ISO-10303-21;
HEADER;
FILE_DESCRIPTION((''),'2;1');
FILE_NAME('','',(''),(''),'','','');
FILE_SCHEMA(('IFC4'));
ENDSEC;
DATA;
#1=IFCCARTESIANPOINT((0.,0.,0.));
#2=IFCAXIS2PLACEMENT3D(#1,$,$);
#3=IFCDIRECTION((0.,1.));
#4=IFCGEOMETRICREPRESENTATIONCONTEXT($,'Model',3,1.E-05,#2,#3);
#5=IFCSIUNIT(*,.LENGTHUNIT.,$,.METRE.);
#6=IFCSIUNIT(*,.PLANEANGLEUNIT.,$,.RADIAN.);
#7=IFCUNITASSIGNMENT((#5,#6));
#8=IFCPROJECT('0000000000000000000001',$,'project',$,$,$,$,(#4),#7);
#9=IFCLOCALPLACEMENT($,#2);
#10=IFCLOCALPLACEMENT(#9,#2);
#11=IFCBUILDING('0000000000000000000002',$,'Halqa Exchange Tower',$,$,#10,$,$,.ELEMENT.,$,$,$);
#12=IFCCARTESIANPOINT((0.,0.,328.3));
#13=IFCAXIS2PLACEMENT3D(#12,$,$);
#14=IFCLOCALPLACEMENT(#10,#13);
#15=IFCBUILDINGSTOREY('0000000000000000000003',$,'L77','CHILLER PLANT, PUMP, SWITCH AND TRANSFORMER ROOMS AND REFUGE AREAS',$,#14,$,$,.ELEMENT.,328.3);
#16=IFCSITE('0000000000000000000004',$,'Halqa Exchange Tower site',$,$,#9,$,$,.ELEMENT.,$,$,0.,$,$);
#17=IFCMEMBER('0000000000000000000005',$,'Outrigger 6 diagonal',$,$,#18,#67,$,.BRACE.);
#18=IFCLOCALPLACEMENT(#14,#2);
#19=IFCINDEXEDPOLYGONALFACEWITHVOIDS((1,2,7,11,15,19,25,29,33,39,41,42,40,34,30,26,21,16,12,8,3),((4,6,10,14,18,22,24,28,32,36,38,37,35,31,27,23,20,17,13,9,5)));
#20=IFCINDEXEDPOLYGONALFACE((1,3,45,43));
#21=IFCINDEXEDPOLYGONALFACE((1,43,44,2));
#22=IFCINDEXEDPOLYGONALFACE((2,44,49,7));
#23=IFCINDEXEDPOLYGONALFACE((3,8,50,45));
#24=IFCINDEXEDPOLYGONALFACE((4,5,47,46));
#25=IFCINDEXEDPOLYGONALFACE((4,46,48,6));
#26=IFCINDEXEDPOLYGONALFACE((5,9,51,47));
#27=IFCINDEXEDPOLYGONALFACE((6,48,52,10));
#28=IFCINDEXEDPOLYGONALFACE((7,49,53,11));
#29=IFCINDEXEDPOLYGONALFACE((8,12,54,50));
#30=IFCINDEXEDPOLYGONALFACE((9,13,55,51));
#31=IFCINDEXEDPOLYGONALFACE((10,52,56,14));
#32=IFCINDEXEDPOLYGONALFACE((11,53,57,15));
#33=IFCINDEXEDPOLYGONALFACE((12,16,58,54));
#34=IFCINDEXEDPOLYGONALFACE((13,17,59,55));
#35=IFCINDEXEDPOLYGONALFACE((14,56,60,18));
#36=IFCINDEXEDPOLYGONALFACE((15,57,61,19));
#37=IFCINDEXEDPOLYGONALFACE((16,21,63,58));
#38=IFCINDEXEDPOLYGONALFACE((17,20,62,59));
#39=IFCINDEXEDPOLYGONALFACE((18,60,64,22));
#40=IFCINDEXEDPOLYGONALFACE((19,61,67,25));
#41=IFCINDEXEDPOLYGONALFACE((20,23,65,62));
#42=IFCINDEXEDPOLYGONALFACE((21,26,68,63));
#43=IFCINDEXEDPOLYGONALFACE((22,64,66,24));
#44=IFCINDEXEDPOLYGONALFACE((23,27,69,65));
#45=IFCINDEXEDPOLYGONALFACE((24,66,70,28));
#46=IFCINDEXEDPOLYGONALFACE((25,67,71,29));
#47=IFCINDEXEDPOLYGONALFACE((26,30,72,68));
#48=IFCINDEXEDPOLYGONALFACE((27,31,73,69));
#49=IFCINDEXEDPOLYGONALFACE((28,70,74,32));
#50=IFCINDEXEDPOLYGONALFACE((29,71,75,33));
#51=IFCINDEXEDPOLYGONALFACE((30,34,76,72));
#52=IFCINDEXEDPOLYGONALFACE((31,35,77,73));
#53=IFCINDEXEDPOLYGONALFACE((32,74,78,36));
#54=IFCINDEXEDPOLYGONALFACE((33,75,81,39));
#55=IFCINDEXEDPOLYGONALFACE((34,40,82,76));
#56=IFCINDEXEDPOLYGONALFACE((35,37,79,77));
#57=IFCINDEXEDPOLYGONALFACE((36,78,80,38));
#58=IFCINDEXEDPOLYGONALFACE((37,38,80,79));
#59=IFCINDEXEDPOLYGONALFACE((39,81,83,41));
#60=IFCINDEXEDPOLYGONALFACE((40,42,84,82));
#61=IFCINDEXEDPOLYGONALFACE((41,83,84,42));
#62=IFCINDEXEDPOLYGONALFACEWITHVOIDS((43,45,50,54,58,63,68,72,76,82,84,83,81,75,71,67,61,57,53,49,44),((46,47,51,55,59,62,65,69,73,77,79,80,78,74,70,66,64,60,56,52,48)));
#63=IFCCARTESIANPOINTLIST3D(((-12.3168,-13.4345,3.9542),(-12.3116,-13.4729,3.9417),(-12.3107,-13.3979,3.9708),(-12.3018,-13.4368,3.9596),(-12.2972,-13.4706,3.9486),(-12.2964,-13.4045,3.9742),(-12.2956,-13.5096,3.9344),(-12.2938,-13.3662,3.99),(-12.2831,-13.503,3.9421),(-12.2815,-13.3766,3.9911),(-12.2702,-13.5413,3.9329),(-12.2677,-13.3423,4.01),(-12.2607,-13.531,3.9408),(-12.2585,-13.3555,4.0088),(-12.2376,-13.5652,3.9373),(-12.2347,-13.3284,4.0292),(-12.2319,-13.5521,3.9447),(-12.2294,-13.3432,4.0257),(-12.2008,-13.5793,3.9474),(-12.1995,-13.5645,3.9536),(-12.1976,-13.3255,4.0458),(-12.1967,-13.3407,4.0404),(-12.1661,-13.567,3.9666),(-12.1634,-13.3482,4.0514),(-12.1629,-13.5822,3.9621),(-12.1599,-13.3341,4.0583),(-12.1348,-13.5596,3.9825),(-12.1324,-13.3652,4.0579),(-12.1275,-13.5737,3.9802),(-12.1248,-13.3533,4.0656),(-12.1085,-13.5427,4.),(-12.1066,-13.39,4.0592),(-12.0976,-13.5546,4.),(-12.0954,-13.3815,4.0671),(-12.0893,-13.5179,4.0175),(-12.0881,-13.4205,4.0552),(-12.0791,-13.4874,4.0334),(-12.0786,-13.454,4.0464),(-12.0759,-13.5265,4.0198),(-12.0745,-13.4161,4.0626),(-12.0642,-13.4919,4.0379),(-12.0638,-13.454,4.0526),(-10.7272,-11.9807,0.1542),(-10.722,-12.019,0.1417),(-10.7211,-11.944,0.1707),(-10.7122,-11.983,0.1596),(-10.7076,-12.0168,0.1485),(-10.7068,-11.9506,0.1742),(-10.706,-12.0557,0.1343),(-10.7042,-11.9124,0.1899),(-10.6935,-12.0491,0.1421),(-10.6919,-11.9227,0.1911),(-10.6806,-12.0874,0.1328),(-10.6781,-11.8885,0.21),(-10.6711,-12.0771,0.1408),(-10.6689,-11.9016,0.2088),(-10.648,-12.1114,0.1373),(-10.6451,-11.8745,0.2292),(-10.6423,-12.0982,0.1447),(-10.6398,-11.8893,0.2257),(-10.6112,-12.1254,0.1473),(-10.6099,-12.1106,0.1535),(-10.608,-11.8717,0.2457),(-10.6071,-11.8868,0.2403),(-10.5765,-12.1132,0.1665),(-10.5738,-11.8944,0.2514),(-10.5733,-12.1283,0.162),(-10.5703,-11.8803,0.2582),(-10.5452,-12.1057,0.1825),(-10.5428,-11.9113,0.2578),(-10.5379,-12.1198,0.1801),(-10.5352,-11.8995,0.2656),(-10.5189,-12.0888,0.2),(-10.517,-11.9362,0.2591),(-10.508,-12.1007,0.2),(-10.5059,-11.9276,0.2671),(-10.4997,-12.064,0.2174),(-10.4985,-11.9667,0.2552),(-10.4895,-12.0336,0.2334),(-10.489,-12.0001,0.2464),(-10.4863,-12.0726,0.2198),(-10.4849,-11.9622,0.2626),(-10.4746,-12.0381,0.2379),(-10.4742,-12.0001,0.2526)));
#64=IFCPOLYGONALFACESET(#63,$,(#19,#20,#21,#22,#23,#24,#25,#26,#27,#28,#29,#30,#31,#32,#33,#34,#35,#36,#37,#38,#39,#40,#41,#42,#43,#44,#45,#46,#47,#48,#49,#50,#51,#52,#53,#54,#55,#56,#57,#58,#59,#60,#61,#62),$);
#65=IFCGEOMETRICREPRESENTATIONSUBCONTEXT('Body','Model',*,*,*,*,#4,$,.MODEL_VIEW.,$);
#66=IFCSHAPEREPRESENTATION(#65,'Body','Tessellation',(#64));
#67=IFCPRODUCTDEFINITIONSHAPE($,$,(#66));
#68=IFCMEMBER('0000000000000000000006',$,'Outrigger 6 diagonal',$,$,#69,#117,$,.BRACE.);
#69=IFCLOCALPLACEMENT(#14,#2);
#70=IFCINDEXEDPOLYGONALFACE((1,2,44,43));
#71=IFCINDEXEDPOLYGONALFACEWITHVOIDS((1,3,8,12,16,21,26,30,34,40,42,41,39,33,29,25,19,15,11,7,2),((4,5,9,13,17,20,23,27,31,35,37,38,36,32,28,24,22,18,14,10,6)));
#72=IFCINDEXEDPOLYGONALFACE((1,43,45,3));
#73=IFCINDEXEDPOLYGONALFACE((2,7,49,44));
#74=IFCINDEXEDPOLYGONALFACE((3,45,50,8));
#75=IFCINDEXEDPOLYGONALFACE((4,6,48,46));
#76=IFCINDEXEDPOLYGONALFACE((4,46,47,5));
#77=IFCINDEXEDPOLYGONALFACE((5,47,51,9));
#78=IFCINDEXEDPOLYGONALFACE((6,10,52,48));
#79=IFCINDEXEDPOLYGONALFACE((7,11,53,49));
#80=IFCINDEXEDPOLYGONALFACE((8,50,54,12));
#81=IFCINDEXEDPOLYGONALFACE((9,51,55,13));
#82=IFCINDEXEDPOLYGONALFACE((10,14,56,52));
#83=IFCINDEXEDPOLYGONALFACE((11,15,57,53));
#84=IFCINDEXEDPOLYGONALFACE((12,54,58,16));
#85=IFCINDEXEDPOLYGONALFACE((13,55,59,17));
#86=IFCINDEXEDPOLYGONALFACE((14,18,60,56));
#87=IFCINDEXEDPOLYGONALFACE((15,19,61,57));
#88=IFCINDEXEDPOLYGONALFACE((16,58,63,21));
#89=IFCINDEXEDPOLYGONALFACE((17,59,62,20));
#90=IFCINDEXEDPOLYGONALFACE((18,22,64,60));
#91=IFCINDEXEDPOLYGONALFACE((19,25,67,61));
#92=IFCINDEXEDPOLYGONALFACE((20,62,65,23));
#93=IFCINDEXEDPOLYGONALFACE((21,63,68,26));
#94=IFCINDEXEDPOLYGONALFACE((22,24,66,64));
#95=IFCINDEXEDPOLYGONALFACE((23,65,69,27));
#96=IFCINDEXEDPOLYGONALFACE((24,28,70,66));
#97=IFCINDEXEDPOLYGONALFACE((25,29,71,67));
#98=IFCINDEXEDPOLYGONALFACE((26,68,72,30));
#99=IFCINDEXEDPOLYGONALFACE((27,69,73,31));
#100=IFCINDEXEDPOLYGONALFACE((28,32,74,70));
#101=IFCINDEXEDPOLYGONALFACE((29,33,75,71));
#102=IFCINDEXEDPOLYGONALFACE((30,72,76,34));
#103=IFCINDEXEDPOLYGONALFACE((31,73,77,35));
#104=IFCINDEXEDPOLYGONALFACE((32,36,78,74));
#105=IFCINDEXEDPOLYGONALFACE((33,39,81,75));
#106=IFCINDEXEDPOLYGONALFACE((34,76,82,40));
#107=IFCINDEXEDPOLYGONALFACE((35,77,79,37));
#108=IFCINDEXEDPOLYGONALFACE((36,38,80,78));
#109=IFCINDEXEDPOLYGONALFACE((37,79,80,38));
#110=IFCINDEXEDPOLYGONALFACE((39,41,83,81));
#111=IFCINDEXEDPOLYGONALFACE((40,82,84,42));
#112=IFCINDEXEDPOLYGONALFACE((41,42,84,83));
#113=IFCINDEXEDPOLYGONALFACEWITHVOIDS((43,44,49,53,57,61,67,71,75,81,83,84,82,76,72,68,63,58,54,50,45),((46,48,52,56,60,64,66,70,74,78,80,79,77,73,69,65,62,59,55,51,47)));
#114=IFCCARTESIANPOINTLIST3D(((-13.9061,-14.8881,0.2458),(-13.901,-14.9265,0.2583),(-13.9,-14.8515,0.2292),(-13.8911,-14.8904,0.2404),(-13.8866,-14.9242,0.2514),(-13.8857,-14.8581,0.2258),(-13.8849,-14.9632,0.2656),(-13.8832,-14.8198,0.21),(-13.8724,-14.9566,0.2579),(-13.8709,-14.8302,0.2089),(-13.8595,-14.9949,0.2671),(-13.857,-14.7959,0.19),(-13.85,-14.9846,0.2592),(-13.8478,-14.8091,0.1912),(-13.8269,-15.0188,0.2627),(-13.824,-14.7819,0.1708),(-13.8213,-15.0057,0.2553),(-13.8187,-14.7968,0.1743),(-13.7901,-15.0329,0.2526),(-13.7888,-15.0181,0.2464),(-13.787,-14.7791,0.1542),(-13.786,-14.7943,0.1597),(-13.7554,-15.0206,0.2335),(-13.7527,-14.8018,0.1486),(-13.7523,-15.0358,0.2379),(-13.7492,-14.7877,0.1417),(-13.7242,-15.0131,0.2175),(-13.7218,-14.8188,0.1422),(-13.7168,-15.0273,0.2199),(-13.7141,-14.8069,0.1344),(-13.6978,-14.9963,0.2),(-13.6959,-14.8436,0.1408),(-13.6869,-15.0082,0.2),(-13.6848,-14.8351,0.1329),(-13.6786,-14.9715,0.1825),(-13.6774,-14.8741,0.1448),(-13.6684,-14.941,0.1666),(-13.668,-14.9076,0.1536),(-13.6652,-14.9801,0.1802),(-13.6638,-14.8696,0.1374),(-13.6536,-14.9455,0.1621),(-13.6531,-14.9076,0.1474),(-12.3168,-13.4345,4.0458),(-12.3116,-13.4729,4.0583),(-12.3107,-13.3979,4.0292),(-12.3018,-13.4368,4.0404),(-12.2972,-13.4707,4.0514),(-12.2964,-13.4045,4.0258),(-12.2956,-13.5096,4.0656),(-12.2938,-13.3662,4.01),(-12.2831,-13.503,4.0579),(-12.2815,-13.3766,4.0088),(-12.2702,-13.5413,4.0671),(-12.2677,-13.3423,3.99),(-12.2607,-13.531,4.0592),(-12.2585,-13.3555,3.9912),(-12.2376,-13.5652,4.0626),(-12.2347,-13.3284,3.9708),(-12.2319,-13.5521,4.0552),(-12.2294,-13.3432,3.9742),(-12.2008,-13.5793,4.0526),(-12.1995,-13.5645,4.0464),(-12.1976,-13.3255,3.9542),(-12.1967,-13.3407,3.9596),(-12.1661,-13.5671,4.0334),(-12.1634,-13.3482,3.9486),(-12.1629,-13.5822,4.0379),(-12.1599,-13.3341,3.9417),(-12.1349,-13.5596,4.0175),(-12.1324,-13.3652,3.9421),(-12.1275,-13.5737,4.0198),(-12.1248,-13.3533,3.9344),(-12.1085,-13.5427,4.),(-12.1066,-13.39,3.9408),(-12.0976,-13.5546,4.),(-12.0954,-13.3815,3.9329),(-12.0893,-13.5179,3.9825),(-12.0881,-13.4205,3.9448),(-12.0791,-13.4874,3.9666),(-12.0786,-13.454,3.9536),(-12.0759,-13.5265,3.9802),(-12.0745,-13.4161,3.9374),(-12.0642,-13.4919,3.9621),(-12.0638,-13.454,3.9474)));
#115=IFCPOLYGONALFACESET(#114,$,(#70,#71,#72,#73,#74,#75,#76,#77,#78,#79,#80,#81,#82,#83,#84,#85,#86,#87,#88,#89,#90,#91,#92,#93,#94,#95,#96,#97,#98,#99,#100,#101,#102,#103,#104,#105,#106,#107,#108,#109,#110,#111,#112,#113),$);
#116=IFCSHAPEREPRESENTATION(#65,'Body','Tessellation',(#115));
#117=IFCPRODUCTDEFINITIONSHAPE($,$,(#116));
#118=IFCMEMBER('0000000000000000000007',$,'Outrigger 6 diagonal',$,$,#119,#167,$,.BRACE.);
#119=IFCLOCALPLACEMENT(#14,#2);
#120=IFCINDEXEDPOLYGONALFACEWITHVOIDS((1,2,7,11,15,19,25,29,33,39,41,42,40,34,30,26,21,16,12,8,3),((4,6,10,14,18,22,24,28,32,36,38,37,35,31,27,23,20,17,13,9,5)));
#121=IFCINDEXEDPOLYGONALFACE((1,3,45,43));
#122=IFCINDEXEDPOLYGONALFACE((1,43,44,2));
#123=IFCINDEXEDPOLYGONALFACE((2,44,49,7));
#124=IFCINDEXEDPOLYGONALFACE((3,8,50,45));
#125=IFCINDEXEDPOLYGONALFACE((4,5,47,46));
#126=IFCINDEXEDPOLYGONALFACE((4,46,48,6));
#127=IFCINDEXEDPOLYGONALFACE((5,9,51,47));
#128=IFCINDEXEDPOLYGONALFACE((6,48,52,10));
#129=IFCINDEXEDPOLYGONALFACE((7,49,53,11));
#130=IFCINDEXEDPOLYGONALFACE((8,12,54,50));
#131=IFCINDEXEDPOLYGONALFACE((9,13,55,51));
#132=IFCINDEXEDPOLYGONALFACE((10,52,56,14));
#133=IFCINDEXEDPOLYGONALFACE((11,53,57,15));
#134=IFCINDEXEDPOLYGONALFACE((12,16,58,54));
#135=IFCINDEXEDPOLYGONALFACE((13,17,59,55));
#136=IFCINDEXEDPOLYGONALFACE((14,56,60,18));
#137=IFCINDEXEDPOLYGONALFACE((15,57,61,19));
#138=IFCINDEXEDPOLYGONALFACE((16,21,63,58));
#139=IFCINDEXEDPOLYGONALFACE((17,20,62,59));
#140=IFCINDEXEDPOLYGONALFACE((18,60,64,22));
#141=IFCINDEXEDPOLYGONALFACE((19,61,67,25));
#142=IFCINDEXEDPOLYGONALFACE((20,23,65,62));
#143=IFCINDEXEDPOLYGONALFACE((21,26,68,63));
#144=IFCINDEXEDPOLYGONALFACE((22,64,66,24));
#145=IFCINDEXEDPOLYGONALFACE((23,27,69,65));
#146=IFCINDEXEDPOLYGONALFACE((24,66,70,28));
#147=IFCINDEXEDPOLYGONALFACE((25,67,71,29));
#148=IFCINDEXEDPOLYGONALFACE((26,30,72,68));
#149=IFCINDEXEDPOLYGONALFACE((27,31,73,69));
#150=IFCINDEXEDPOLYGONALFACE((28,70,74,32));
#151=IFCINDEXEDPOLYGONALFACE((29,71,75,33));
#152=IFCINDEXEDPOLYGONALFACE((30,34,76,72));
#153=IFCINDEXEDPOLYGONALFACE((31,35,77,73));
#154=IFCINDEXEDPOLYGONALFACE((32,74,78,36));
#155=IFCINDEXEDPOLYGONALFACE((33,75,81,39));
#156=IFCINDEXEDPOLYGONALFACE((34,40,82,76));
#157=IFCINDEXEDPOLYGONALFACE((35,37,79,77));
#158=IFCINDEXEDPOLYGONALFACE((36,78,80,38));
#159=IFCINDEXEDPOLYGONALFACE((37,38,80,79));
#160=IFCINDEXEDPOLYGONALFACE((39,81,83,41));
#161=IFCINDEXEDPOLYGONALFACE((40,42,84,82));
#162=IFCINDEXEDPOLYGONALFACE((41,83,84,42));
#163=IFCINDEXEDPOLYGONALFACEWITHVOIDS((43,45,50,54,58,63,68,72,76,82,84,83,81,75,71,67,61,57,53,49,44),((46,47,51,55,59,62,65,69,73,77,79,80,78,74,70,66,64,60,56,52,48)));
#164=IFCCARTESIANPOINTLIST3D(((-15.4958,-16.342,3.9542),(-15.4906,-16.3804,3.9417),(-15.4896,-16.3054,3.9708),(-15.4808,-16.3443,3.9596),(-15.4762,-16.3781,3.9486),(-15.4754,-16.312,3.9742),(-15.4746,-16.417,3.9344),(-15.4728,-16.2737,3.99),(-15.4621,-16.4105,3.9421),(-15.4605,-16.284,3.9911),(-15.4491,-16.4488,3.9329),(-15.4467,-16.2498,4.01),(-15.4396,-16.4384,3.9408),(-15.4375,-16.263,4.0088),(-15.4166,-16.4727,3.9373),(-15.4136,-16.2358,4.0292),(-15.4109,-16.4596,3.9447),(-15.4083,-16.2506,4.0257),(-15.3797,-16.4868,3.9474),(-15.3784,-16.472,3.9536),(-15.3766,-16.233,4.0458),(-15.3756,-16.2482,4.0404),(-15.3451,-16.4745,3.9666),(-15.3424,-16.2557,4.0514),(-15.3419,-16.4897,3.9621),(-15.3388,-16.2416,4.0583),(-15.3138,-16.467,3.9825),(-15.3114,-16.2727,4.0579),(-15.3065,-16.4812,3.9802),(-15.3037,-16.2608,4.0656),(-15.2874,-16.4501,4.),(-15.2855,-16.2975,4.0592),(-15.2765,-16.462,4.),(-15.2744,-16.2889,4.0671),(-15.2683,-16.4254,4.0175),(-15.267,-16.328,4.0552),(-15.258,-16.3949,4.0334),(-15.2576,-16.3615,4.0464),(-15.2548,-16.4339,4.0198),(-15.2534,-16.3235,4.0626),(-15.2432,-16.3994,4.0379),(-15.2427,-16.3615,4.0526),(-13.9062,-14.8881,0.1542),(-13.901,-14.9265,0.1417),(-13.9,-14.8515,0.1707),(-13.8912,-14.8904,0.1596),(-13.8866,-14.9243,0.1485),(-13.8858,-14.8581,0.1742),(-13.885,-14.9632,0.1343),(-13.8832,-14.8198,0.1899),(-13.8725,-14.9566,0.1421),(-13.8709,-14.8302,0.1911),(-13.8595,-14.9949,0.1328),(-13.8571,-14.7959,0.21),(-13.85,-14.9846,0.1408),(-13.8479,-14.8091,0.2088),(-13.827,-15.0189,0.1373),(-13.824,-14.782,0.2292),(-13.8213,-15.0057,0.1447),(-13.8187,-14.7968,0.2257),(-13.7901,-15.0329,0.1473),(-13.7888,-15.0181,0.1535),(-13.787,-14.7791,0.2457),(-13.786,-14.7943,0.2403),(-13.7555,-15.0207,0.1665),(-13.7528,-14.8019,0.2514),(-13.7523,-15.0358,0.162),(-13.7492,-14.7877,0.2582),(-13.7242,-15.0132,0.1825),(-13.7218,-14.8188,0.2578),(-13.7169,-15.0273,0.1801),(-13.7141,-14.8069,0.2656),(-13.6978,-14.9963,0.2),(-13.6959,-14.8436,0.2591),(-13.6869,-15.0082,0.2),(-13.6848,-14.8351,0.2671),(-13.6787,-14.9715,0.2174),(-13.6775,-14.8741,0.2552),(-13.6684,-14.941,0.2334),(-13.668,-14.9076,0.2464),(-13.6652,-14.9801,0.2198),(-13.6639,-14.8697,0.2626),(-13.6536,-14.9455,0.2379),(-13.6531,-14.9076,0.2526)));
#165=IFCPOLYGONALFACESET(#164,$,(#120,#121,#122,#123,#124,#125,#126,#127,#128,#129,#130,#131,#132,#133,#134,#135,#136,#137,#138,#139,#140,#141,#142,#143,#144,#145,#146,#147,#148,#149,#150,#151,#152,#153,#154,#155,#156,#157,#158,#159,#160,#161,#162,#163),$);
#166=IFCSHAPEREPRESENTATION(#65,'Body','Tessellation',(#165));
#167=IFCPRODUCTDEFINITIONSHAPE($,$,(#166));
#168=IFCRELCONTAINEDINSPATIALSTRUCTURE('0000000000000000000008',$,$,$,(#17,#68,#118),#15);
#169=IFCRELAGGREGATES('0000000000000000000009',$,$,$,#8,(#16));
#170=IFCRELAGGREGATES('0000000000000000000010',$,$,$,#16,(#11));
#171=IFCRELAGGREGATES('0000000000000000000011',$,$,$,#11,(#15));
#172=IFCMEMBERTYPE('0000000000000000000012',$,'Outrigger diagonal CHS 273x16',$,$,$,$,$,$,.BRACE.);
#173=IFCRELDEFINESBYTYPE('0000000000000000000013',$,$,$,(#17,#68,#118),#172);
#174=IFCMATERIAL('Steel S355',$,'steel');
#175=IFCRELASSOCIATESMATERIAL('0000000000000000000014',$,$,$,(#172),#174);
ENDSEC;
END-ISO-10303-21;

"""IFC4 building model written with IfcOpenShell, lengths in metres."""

from ifc_helpers import new_model, si_unit, direction, frame, origin, origin_2d, place, context, subcontext, project, spatial, hollow_circle, extrude, material, material_profile, profile_set, type_object, element, save


model = new_model("IFC4")

# Units and contexts
model_context = context("Model", 3, precision=1e-05, world=origin(), true_north=direction((0.0, 1.0)))
body_context = subcontext(model_context, "Body", "Model", "MODEL_VIEW")
ifc_project = project(units=[si_unit("LENGTHUNIT", "METRE"), si_unit("PLANEANGLEUNIT", "RADIAN")], contexts=[model_context])

# Site, building, storey
site_placement = place(None, origin())
site = spatial("IfcSite", under=ifc_project, at=site_placement, Name="Halqa Exchange Tower site", CompositionType="ELEMENT", RefElevation=0.0)
building_placement = place(site_placement, origin())
building = spatial("IfcBuilding", under=site, at=building_placement, Name="Halqa Exchange Tower", CompositionType="ELEMENT")
storey_placement = place(building_placement, frame((0.0, 0.0, 328.3)))
storey = spatial("IfcBuildingStorey", under=building, at=storey_placement, Name="L77", Description="CHILLER PLANT, PUMP, SWITCH AND TRANSFORMER ROOMS AND REFUGE AREAS", CompositionType="ELEMENT", Elevation=328.3)

# Members
ifc_material_1 = material(Name="Steel S355", Category="steel")
ifc_material_profile_1 = material_profile(ifc_material_1, hollow_circle(Radius=0.1365, WallThickness=0.0161, at=origin_2d()), Name="CHS 273x16")
ifc_profile_set_1 = profile_set([ifc_material_profile_1], Name="Steel S355")
member_type_1 = type_object("IfcMemberType", Name="Outrigger diagonal CHS 273x16", PredefinedType="BRACE", material=ifc_profile_set_1)
member_1_placement = place(storey_placement, frame((-10.6001, -12.0, 0.2), z_axis=(-0.363905, -0.33283, 0.869941), x_axis=(0.674898, -0.737911, 0.0)))
element("IfcMember", 1, at=member_1_placement, inside=storey, type_object=member_type_1, Name="Outrigger 6 diagonal", PredefinedType="BRACE", context=body_context, shape_type="SweptSolid", body=[
    extrude(hollow_circle(Radius=0.1365, WallThickness=0.0161, at=origin_2d()), origin(), (0.0, 0.0, 1.0), 4.3682),
])
member_2_placement = place(storey_placement, frame((-12.1897, -13.4539, 4.0), z_axis=(-0.363864, -0.332787, -0.869975), x_axis=(0.674893, -0.737916, 0.0)))
element("IfcMember", 2, at=member_2_placement, inside=storey, type_object=member_type_1, Name="Outrigger 6 diagonal", PredefinedType="BRACE", context=body_context, shape_type="SweptSolid", body=[
    extrude(hollow_circle(Radius=0.1365, WallThickness=0.0161, at=origin_2d()), origin(), (0.0, 0.0, 1.0), 4.3679),
])
member_3_placement = place(storey_placement, frame((-13.7791, -14.9075, 0.2), z_axis=(-0.363905, -0.33283, 0.869941), x_axis=(0.674898, -0.737911, 0.0)))
element("IfcMember", 3, at=member_3_placement, inside=storey, type_object=member_type_1, Name="Outrigger 6 diagonal", PredefinedType="BRACE", context=body_context, shape_type="SweptSolid", body=[
    extrude(hollow_circle(Radius=0.1365, WallThickness=0.0161, at=origin_2d()), origin(), (0.0, 0.0, 1.0), 4.3682),
])

save(model, "model.ifc")
